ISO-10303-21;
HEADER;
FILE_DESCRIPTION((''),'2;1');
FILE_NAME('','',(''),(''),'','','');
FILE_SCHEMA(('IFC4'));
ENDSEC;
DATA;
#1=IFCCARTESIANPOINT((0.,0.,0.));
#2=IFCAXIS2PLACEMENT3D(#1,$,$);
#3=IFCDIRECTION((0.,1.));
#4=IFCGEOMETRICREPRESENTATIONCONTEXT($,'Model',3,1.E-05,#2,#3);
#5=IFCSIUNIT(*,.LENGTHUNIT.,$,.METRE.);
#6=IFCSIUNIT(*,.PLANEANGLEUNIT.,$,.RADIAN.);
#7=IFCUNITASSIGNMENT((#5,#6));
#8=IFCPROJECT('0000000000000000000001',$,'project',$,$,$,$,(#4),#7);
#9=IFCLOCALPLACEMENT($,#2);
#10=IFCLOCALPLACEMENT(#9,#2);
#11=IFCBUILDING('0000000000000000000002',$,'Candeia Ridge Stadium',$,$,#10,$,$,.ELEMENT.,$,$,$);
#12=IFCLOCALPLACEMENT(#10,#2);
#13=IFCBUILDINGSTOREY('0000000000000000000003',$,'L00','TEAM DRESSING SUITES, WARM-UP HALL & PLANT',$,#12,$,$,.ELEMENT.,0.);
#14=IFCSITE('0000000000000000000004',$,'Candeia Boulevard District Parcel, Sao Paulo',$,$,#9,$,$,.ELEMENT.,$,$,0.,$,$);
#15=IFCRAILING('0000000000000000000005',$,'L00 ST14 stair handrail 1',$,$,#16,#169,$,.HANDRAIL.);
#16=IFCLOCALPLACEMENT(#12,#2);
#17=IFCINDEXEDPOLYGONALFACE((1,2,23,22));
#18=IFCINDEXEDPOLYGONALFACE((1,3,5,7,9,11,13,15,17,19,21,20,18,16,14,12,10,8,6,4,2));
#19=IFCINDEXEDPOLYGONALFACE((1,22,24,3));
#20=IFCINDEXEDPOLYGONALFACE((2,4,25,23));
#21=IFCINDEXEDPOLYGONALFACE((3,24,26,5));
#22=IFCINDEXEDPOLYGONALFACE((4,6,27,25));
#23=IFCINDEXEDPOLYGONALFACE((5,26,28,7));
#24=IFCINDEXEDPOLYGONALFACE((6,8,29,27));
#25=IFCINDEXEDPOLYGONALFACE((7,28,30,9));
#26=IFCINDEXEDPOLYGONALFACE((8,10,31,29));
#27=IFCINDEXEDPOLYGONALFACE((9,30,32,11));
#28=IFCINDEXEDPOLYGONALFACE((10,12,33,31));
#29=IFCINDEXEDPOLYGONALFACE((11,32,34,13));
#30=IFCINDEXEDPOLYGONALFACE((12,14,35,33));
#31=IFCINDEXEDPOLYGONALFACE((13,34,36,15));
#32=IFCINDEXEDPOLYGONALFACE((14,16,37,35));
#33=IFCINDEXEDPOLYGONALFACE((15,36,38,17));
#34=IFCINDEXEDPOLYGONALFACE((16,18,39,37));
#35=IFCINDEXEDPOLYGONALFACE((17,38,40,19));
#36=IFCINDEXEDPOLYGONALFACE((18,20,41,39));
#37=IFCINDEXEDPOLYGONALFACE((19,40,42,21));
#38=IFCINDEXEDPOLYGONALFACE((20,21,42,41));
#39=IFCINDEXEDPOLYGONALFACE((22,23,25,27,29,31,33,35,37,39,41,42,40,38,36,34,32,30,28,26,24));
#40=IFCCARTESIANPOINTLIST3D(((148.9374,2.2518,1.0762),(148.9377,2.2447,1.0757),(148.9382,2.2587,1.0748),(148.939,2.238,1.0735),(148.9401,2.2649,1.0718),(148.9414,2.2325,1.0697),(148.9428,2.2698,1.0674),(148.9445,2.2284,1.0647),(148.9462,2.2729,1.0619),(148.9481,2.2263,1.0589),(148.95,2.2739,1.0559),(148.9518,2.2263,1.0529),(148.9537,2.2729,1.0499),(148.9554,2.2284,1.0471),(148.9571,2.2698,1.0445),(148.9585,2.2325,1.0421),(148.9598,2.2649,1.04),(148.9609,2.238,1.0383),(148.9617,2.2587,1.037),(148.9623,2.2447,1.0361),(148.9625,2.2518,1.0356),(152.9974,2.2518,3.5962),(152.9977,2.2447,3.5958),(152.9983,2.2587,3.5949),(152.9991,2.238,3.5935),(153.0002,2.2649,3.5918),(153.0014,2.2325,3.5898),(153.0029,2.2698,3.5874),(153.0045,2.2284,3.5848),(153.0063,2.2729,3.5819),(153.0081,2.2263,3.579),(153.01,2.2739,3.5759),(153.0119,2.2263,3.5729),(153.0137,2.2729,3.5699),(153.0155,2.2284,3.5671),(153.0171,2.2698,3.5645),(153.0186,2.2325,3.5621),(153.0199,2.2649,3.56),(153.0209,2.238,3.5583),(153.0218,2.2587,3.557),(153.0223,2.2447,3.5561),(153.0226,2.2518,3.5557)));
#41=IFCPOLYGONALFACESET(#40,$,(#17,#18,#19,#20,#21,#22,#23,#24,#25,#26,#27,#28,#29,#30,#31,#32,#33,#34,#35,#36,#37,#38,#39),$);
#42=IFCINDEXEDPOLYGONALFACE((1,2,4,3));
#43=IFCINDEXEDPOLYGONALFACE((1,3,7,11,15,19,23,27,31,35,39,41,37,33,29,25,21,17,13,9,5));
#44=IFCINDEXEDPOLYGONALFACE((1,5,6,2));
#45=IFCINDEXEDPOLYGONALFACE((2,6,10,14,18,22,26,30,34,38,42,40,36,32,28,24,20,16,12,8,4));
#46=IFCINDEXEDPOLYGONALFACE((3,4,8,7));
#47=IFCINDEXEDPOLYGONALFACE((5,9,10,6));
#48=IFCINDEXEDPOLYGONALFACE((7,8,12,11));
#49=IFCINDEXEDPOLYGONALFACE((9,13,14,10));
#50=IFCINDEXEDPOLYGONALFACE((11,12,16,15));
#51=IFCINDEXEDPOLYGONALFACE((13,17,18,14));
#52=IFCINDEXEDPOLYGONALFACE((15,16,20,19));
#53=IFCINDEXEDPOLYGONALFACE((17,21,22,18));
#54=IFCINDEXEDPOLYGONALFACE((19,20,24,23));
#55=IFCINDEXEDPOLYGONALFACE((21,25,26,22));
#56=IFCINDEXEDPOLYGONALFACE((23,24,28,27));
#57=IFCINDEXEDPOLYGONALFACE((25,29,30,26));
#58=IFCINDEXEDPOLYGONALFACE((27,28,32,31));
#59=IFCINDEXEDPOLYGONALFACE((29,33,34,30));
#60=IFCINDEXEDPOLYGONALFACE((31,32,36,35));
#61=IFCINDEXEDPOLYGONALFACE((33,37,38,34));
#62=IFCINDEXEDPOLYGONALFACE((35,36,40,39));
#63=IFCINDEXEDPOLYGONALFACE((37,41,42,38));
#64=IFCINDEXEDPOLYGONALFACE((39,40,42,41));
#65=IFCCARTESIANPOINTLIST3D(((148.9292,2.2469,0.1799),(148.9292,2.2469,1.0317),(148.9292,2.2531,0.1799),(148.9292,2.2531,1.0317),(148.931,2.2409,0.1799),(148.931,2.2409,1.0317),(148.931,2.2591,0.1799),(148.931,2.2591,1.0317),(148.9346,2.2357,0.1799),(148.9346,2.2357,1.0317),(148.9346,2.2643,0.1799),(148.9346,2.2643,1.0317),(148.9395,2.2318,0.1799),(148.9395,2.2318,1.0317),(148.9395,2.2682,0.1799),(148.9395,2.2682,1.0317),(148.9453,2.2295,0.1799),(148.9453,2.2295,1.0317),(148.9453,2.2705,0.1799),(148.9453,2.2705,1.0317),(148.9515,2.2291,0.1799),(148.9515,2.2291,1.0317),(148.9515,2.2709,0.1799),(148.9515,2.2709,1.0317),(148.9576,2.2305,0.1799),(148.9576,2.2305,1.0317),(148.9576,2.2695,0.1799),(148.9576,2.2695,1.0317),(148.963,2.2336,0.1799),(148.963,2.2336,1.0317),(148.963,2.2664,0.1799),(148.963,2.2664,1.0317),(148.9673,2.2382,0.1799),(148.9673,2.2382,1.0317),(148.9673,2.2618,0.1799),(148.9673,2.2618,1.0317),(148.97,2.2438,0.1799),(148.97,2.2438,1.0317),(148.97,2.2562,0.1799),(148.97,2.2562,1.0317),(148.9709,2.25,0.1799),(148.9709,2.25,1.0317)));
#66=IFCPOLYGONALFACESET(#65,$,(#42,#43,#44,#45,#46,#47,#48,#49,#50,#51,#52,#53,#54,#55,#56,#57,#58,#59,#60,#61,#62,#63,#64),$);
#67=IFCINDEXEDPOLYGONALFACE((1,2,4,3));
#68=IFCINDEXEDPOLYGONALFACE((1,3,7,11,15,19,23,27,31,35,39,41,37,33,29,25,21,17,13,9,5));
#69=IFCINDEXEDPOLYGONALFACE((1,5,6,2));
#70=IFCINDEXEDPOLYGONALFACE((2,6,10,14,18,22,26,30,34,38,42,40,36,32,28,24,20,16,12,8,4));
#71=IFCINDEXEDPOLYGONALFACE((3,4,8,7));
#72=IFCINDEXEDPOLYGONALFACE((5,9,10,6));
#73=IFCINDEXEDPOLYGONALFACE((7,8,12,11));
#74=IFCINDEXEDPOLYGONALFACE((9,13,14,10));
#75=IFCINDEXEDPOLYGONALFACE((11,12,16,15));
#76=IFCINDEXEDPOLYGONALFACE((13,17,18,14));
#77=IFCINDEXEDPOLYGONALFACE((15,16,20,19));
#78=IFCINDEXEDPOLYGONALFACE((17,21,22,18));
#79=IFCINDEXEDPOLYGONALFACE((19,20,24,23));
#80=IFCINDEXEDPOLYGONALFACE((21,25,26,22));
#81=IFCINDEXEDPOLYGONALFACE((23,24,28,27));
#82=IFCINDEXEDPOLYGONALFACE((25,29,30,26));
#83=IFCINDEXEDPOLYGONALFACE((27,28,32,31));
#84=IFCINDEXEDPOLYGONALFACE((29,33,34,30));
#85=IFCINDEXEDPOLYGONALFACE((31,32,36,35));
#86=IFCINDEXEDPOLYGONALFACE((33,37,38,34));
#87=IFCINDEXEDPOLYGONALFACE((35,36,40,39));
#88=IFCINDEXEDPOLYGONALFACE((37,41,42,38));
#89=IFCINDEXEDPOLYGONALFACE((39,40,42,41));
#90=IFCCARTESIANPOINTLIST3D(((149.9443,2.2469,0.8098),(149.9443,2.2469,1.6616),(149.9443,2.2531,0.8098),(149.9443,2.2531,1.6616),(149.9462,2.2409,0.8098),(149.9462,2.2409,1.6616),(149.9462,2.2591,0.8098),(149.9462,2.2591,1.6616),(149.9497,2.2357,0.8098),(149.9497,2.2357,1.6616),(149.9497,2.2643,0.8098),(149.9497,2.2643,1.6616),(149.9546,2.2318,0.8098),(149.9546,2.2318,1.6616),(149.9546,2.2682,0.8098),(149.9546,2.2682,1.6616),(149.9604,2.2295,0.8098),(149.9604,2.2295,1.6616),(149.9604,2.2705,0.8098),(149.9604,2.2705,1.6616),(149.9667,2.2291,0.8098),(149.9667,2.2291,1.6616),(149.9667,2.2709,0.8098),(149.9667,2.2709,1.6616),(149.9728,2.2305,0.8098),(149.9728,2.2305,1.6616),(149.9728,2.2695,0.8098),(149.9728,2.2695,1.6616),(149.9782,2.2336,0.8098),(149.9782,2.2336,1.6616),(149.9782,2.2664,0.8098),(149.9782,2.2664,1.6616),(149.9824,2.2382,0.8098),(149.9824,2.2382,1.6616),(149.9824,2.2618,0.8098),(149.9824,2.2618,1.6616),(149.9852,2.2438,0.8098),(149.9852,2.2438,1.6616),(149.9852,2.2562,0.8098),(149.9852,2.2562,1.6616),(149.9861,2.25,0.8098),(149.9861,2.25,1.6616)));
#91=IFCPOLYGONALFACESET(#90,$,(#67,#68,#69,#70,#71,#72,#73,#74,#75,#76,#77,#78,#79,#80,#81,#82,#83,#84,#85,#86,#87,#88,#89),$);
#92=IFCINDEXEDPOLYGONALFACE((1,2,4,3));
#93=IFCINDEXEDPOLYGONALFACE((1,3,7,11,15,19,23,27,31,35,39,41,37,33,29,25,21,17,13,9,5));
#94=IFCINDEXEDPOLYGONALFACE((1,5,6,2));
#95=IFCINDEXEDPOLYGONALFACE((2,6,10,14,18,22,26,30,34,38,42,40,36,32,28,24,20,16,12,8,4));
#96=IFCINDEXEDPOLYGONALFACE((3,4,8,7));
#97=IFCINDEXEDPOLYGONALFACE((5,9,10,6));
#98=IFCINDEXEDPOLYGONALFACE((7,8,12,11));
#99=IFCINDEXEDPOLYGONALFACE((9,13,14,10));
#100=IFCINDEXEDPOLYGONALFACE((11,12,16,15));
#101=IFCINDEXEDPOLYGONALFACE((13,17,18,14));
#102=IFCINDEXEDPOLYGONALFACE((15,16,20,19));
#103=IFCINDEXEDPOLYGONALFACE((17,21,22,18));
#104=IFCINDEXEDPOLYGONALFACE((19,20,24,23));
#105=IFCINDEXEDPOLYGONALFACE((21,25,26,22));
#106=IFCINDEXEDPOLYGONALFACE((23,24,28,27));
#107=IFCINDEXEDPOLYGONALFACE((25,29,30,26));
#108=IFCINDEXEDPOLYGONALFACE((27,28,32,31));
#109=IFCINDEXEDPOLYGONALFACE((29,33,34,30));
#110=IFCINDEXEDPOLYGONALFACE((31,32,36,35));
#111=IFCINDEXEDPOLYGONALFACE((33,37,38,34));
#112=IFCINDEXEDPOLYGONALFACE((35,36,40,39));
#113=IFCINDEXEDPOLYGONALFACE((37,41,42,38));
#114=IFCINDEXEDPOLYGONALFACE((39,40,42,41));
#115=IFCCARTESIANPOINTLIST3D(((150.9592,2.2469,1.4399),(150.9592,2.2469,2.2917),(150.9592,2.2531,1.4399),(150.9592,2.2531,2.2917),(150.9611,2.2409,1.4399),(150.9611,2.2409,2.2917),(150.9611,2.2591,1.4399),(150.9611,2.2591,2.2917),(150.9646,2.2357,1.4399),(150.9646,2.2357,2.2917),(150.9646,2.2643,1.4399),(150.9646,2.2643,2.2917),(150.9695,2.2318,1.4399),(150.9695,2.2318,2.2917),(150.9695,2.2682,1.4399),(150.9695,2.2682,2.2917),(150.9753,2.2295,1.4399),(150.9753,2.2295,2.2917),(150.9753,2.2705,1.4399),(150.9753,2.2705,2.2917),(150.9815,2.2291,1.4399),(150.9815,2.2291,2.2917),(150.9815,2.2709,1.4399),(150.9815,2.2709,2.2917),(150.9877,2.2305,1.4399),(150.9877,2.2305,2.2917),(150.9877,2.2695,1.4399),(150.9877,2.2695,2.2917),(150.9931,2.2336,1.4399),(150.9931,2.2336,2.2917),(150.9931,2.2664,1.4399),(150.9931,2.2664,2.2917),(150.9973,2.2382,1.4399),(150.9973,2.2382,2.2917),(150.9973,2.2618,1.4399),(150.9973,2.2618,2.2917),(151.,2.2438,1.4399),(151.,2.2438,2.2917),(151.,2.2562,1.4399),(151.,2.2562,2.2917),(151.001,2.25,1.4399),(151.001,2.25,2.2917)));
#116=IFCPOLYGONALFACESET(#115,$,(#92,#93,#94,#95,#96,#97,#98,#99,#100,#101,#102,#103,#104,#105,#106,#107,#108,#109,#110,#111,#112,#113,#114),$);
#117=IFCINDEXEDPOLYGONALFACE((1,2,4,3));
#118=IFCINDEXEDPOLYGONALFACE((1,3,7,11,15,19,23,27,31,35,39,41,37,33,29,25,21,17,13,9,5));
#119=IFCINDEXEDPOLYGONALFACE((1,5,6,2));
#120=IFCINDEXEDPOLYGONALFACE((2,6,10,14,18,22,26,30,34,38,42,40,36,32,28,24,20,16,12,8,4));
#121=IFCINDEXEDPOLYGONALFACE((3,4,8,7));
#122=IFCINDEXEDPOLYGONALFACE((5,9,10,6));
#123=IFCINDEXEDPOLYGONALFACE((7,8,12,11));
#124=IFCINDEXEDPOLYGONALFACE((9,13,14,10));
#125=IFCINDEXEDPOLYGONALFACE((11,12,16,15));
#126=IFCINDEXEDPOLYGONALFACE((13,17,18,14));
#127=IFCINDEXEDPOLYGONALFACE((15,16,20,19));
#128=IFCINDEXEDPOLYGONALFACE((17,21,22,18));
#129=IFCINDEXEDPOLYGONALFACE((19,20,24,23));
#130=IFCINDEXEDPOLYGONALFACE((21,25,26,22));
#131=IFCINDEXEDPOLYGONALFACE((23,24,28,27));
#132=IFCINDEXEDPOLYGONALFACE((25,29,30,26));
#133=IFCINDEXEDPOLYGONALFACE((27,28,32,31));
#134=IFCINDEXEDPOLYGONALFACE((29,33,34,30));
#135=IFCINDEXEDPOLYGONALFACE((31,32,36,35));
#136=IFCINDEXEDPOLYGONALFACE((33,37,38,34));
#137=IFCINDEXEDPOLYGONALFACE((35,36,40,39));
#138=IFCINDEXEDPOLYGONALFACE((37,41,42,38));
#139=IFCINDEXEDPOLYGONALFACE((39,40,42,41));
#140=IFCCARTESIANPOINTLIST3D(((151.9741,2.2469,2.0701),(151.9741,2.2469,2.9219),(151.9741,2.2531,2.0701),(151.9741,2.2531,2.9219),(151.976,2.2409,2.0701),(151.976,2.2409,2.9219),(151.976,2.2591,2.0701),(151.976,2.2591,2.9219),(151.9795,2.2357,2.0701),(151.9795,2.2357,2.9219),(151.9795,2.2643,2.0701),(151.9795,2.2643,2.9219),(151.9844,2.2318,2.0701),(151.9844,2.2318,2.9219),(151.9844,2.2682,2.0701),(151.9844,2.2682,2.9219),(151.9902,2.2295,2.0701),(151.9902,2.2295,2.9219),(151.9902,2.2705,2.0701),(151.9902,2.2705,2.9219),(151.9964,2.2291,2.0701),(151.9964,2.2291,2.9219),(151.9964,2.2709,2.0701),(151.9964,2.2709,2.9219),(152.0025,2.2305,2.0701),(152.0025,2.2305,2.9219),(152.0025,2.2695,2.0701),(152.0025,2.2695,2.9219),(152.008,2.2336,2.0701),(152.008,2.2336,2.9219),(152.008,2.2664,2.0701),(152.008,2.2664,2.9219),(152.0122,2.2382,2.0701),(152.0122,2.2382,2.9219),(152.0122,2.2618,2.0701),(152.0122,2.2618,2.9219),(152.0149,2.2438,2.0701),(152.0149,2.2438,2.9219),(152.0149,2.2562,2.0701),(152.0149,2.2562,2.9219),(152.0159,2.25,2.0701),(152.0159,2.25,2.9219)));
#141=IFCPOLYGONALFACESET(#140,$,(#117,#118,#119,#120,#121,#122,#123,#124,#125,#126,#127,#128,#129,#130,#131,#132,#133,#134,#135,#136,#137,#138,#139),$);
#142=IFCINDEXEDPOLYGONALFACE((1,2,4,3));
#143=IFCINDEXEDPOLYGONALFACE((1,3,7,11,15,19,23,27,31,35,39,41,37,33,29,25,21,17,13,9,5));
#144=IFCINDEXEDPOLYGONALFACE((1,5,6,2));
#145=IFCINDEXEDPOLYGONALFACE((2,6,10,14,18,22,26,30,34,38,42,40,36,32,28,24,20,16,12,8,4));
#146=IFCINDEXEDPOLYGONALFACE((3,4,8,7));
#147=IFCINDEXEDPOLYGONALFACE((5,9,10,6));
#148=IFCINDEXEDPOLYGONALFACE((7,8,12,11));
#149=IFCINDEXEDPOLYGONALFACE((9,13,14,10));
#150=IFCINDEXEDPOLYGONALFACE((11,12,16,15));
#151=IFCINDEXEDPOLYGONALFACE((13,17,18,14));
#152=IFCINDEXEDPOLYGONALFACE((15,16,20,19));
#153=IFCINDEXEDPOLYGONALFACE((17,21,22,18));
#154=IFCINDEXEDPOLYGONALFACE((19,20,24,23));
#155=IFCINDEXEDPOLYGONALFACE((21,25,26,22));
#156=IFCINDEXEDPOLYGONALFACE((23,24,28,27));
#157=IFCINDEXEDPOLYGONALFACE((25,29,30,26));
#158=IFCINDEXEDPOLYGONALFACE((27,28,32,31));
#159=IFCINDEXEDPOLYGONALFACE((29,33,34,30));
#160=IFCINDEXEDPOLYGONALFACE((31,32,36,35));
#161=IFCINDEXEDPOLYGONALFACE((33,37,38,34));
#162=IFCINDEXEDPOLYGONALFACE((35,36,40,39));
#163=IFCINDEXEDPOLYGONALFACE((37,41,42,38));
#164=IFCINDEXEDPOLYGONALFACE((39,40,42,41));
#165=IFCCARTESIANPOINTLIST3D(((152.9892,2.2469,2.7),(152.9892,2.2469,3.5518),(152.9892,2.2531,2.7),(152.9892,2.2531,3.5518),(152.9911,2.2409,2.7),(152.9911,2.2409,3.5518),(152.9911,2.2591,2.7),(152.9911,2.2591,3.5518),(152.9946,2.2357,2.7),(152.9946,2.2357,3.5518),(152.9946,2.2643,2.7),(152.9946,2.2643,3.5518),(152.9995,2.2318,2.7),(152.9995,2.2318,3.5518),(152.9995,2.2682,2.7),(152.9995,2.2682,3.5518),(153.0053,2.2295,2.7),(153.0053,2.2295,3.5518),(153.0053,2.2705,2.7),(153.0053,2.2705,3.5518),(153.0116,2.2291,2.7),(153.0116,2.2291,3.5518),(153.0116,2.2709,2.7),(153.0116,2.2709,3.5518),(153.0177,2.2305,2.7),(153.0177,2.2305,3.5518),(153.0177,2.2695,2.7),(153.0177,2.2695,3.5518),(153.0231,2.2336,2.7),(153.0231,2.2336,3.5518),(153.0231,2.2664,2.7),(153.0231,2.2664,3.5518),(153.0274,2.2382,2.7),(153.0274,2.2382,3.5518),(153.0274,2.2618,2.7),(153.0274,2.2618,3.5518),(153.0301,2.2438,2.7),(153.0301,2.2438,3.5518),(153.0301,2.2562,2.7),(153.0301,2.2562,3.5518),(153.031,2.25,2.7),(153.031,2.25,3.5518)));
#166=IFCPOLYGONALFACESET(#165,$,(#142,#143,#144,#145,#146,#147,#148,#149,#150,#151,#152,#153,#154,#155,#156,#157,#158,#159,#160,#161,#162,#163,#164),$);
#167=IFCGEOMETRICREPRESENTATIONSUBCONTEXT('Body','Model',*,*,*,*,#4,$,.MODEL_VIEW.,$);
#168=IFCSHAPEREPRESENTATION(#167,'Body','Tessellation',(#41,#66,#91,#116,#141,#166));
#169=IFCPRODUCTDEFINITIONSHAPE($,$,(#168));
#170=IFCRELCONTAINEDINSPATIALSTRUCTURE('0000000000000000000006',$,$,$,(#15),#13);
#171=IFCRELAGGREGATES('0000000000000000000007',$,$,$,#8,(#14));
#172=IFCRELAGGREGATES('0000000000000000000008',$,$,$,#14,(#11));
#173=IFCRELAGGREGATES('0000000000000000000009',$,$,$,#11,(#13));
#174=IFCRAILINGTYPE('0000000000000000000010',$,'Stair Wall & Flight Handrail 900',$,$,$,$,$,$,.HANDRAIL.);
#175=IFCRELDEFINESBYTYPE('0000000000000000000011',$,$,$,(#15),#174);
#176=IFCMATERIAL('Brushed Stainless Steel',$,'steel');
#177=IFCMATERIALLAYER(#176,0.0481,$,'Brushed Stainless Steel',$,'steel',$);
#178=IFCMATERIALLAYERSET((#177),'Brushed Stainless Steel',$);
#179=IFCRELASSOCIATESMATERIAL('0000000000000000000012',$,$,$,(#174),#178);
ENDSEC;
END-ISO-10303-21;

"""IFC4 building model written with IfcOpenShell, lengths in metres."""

from ifc_helpers import new_model, si_unit, direction, frame, origin, origin_2d, place, context, subcontext, project, spatial, circle, extrude, material, layer, layer_set, type_object, element, save


model = new_model("IFC4")

# Units and contexts
model_context = context("Model", 3, precision=1e-05, world=origin(), true_north=direction((0.0, 1.0)))
body_context = subcontext(model_context, "Body", "Model", "MODEL_VIEW")
ifc_project = project(units=[si_unit("LENGTHUNIT", "METRE"), si_unit("PLANEANGLEUNIT", "RADIAN")], contexts=[model_context])

# Site, building, storey
site_placement = place(None, origin())
site = spatial("IfcSite", under=ifc_project, at=site_placement, Name="Candeia Boulevard District Parcel, Sao Paulo", CompositionType="ELEMENT", RefElevation=0.0)
building_placement = place(site_placement, origin())
building = spatial("IfcBuilding", under=site, at=building_placement, Name="Candeia Ridge Stadium", CompositionType="ELEMENT")
storey_placement = place(building_placement, origin())
storey = spatial("IfcBuildingStorey", under=building, at=storey_placement, Name="L00", Description="TEAM DRESSING SUITES, WARM-UP HALL & PLANT", CompositionType="ELEMENT", Elevation=0.0)

# Railing
ifc_material_1 = material(Name="Brushed Stainless Steel", Category="steel")
ifc_layer_1 = layer(ifc_material_1, 0.0481, Name="Brushed Stainless Steel", Category="steel")
ifc_layer_set_1 = layer_set([ifc_layer_1], Name="Brushed Stainless Steel")
railing_type_1 = type_object("IfcRailingType", Name="Stair Wall & Flight Handrail 900", PredefinedType="HANDRAIL", material=ifc_layer_set_1)
railing_1_placement = place(storey_placement, frame((148.95, 2.25, 0.1799)))
element("IfcRailing", 1, at=railing_1_placement, inside=storey, type_object=railing_type_1, Name="L00 ST14 stair handrail 1", PredefinedType="HANDRAIL", context=body_context, shape_type="SweptSolid", body=[
    extrude(circle(Radius=0.0239, at=origin_2d()), frame((0.0, 0.0, 0.876), z_axis=(0.849642, 0.0, 0.52736), x_axis=(0.0, 1.0, 0.0)), (0.0, 0.0, 1.0), 4.7786),
    extrude(circle(Radius=0.021, at=origin_2d()), origin(), (0.0, 0.0, 1.0), 0.8518),
    extrude(circle(Radius=0.021, at=origin_2d()), frame((1.0151, 0.0, 0.6299)), (0.0, 0.0, 1.0), 0.8518),
    extrude(circle(Radius=0.021, at=origin_2d()), frame((2.03, 0.0, 1.26)), (0.0, 0.0, 1.0), 0.8518),
    extrude(circle(Radius=0.021, at=origin_2d()), frame((3.0449, 0.0, 1.8901)), (0.0, 0.0, 1.0), 0.8518),
    extrude(circle(Radius=0.021, at=origin_2d()), frame((4.0601, 0.0, 2.52)), (0.0, 0.0, 1.0), 0.8518),
])

save(model, "model.ifc")
